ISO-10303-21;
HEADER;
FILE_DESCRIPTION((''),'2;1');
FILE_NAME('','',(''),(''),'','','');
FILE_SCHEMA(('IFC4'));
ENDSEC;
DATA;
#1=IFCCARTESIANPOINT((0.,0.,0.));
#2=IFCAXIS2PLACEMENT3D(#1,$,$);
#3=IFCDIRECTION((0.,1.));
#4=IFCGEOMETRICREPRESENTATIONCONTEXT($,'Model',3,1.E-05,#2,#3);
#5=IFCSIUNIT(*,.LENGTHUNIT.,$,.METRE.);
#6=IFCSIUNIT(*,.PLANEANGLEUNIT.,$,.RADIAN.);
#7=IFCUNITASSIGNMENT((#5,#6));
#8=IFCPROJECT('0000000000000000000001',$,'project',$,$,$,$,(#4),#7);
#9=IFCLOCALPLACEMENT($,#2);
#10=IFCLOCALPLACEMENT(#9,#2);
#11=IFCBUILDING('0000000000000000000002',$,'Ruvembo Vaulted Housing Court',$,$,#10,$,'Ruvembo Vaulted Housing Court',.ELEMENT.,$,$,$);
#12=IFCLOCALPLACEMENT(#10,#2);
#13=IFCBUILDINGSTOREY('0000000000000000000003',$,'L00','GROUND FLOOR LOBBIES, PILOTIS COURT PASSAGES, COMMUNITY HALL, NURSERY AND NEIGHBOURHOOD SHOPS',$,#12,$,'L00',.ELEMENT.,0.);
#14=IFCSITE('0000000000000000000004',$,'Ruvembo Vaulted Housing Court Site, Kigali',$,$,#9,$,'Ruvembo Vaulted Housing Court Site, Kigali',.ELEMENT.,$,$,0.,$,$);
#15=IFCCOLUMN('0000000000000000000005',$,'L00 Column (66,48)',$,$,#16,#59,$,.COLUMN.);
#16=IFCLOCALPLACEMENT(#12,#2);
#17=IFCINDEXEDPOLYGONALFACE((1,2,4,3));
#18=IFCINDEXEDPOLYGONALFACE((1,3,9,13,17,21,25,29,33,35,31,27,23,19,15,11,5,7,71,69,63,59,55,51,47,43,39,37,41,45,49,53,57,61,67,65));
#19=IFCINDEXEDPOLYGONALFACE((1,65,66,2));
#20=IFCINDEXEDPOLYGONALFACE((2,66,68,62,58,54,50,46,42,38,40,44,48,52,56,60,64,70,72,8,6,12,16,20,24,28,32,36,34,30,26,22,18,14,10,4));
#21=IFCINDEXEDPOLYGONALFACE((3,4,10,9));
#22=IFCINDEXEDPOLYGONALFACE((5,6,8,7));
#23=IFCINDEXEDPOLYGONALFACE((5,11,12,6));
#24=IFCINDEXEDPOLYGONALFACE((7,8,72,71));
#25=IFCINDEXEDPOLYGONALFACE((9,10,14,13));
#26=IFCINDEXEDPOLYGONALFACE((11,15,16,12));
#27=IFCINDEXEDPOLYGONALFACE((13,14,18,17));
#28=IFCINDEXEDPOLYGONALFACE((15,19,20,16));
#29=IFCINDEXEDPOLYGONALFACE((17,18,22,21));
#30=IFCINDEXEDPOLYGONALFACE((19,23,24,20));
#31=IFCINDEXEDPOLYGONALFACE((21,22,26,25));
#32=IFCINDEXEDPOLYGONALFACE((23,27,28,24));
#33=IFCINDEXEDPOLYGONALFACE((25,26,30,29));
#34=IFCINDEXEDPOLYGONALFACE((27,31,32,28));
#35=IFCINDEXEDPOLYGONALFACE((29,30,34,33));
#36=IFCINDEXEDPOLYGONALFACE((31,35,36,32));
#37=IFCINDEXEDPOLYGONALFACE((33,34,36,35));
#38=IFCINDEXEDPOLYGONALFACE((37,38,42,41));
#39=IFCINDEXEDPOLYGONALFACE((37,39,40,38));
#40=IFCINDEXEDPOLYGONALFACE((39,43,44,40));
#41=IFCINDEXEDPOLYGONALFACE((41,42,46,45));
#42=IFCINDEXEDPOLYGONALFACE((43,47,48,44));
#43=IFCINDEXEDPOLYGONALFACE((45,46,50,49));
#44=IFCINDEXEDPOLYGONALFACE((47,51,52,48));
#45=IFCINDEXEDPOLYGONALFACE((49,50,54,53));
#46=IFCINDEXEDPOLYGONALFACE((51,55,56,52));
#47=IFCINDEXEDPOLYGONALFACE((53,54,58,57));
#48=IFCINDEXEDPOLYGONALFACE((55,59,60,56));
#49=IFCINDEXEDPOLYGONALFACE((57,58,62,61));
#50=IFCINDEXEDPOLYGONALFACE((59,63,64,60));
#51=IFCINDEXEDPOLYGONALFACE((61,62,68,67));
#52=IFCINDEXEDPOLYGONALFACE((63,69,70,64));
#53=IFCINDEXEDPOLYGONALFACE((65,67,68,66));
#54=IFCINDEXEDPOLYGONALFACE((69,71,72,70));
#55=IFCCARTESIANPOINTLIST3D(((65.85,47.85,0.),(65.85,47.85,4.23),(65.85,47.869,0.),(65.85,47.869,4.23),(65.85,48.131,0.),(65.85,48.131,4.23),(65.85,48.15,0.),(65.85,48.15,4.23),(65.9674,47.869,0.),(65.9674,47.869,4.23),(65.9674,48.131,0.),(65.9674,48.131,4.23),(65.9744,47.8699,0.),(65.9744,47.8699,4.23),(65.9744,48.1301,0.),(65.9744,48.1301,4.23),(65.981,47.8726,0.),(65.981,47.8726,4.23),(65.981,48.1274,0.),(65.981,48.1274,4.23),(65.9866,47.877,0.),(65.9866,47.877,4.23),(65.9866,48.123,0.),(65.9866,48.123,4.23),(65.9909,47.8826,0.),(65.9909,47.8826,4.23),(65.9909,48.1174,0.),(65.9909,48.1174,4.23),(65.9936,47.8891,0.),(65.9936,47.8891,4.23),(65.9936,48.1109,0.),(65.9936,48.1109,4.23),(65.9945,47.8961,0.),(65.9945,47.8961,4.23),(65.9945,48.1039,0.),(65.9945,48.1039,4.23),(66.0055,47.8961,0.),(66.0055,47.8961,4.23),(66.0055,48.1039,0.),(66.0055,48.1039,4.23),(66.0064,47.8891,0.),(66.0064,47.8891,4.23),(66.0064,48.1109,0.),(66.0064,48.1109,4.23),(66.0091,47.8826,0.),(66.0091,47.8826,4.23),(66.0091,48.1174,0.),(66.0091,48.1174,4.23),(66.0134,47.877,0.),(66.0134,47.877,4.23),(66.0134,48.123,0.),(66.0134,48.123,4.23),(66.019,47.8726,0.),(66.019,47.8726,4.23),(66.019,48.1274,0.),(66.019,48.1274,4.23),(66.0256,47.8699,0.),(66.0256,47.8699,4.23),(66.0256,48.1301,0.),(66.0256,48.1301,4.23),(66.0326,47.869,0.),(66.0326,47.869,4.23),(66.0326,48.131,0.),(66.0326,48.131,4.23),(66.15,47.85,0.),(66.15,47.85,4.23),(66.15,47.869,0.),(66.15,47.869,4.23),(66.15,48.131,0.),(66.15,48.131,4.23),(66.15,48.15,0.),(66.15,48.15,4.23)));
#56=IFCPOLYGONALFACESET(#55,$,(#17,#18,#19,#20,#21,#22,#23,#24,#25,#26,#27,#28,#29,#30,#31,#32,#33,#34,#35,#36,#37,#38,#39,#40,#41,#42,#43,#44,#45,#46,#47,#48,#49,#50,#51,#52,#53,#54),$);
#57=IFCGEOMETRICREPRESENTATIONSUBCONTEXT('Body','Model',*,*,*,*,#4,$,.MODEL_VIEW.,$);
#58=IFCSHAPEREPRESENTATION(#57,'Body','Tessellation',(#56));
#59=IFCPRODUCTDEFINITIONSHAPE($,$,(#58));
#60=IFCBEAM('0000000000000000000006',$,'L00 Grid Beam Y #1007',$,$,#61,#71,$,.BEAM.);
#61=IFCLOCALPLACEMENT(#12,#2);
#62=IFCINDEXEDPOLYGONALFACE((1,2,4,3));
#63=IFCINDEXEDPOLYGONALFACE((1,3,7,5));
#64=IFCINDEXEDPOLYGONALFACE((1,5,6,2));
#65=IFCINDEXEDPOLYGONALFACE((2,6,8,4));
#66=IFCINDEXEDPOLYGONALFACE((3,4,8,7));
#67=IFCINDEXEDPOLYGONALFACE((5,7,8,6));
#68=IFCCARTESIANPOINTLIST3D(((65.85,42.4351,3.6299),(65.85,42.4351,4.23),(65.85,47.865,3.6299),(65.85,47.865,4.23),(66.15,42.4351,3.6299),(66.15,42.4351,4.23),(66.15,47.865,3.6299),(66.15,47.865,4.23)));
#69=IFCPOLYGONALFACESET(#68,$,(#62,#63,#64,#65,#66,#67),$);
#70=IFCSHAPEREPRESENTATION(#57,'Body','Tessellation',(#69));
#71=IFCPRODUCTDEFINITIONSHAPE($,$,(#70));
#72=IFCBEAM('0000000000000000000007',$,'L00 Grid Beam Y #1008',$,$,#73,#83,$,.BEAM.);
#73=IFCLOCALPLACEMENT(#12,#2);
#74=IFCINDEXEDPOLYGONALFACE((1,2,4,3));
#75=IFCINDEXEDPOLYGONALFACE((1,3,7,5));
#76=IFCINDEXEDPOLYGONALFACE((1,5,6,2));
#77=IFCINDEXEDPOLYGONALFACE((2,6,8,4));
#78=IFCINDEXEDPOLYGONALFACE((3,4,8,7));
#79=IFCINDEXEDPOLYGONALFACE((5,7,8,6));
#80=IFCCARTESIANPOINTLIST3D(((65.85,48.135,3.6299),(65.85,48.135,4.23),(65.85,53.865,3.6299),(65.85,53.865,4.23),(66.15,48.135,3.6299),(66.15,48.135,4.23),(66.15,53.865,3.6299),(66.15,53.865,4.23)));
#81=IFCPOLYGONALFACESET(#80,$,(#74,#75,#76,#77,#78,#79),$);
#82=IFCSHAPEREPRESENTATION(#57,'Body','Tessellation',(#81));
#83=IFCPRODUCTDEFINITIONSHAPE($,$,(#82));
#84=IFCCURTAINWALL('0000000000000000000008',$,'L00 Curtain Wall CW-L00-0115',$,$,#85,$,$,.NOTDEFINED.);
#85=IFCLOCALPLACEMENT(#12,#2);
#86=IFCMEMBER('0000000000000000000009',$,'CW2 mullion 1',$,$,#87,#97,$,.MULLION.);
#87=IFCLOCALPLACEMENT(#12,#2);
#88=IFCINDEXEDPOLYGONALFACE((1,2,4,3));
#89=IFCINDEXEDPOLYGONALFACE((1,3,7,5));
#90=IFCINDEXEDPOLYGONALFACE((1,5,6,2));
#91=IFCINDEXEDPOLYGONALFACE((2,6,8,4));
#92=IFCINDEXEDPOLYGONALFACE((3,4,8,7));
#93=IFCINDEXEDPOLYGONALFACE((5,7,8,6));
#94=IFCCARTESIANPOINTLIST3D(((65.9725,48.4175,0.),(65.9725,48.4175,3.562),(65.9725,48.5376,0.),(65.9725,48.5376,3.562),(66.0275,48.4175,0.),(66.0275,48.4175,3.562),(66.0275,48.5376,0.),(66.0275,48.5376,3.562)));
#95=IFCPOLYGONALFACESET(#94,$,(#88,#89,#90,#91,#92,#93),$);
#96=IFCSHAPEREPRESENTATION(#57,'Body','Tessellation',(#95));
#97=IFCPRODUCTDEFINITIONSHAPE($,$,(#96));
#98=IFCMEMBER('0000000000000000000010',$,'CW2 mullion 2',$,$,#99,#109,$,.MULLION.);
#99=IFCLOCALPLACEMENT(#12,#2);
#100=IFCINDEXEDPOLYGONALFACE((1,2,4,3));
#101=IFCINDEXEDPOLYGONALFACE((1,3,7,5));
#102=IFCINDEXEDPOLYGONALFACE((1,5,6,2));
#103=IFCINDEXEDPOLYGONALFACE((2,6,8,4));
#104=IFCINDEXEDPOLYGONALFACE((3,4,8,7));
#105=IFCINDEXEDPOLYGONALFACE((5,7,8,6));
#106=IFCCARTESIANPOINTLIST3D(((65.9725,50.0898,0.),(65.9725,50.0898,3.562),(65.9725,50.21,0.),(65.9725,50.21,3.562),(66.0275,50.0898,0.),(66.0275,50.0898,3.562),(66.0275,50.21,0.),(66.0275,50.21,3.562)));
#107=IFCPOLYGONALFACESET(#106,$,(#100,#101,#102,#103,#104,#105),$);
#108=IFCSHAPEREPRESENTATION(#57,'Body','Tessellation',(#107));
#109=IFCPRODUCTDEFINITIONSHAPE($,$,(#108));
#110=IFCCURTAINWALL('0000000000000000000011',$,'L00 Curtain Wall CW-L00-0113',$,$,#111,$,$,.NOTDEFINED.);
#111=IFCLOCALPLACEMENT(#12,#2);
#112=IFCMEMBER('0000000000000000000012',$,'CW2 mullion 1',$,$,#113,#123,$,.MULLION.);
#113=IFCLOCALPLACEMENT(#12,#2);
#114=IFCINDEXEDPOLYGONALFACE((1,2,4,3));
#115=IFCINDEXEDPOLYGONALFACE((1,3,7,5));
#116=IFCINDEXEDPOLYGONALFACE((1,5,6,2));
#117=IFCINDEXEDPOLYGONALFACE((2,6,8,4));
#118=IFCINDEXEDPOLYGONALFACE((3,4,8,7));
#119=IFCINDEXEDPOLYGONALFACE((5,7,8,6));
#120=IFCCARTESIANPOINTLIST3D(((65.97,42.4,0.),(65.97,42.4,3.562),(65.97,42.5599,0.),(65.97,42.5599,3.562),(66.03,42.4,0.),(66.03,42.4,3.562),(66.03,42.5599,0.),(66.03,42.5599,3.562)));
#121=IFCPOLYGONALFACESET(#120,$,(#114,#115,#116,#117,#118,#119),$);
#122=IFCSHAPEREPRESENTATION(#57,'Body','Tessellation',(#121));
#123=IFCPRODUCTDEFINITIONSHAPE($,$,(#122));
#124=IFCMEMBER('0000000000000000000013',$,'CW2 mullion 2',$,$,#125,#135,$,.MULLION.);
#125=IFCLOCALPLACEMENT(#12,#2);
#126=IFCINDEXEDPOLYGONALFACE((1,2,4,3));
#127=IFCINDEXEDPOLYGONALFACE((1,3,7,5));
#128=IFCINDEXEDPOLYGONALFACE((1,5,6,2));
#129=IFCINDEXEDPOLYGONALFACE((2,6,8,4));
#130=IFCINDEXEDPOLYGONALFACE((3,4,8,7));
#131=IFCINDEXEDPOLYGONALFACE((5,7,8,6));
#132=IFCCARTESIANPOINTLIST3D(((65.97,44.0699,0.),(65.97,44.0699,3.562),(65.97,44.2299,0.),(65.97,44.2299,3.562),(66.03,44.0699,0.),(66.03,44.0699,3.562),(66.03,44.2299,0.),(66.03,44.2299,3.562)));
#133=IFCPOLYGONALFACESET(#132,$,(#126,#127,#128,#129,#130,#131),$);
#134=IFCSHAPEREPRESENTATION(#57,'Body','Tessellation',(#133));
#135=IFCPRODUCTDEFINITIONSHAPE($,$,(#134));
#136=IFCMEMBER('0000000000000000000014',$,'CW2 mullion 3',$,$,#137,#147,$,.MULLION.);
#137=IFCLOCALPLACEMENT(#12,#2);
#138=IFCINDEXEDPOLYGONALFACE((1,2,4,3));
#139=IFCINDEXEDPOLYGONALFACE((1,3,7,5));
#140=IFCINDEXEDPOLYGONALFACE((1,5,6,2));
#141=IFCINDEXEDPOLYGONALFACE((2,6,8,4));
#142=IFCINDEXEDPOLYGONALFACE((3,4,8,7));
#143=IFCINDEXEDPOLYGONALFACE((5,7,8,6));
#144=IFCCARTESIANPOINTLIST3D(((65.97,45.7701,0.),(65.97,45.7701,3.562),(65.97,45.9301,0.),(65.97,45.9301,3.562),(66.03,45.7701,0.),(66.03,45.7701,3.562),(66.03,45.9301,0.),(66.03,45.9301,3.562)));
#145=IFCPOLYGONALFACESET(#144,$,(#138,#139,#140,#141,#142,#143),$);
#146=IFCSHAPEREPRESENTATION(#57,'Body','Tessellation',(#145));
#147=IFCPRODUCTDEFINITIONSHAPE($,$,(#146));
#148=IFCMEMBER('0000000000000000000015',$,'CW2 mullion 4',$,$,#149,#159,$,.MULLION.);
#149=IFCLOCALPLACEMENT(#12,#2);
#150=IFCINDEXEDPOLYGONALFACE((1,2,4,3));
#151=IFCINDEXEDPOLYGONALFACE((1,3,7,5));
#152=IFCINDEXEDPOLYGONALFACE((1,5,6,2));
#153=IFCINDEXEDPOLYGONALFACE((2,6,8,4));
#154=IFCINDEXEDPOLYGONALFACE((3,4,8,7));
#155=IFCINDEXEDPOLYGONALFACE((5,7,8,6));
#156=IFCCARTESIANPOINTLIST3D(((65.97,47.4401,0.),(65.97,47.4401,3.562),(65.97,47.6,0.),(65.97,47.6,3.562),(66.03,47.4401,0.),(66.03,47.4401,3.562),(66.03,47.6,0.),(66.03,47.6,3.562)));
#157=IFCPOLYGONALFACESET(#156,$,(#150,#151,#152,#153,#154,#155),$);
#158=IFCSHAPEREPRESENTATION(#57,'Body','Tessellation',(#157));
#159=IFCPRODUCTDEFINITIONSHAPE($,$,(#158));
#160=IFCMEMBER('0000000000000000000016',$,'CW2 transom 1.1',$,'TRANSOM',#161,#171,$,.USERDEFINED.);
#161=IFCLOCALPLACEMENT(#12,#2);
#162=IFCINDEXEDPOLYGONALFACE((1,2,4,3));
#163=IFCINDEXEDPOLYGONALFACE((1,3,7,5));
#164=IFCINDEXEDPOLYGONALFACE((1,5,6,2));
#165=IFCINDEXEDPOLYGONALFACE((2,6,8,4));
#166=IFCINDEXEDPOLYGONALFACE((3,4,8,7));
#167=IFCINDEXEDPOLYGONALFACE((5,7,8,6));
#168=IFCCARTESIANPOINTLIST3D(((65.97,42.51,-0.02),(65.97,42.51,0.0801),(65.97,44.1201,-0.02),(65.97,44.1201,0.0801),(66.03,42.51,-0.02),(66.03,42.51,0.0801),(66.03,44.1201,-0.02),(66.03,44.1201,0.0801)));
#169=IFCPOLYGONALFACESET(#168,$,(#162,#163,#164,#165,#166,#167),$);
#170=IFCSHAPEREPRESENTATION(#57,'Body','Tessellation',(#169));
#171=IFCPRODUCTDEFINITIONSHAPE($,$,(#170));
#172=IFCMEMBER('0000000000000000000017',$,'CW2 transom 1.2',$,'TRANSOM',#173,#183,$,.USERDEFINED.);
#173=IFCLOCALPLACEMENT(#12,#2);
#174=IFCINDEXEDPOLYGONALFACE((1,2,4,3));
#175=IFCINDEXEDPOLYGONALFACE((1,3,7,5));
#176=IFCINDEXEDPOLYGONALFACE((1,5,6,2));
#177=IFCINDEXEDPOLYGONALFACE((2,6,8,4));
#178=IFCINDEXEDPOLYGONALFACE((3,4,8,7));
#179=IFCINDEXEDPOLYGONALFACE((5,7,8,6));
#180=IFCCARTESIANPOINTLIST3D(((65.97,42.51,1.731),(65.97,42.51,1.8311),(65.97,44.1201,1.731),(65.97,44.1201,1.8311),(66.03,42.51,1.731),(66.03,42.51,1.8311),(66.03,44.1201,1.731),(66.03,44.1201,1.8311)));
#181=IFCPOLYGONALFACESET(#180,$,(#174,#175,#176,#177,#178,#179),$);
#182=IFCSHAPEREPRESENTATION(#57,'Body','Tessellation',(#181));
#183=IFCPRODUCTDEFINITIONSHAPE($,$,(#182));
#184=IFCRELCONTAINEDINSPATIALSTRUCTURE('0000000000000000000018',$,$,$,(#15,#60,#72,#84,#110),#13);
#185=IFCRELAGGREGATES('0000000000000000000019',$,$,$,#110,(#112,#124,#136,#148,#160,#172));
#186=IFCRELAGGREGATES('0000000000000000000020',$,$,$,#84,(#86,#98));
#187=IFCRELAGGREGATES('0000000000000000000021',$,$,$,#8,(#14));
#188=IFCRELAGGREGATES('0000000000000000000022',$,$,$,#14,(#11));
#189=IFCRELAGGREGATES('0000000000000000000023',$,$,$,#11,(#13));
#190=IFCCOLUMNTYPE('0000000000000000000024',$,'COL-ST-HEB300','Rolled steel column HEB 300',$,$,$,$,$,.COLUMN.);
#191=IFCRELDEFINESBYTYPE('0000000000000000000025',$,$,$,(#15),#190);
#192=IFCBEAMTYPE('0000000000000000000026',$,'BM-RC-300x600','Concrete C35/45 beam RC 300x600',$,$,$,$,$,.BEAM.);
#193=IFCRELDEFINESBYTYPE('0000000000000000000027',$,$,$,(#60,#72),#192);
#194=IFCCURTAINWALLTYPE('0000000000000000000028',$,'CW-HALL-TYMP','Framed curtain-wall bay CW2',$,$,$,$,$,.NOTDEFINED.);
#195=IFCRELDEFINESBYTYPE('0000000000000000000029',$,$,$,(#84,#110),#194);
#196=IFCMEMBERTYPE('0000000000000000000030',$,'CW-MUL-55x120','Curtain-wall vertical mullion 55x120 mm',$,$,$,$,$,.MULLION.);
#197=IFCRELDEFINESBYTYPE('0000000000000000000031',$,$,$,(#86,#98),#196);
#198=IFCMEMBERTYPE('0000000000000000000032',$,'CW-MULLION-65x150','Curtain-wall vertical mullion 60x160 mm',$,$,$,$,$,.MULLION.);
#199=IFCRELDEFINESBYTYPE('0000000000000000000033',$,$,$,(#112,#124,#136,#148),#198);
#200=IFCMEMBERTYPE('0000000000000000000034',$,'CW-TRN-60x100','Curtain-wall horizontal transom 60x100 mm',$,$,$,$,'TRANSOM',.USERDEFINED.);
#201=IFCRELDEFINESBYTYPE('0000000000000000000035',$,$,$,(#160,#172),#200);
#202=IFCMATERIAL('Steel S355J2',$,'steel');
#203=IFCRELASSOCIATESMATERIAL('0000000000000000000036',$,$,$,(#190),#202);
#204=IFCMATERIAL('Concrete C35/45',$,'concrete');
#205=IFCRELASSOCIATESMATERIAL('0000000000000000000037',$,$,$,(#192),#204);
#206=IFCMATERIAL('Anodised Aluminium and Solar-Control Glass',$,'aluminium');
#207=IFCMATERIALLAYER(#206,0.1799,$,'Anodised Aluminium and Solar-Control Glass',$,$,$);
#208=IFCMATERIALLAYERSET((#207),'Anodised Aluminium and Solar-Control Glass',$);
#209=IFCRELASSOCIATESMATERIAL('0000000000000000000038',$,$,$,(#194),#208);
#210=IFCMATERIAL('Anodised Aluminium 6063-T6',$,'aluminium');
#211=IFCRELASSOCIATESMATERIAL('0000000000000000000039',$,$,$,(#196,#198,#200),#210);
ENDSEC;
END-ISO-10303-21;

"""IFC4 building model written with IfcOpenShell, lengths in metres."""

from ifc_helpers import new_model, si_unit, direction, frame, origin, origin_2d, place, context, subcontext, project, spatial, rectangle, i_section, extrude, material, layer, layer_set, material_profile, profile_set, type_object, element, aggregate, save


model = new_model("IFC4")

# Units and contexts
model_context = context("Model", 3, precision=1e-05, world=origin(), true_north=direction((0.0, 1.0)))
body_context = subcontext(model_context, "Body", "Model", "MODEL_VIEW")
ifc_project = project(units=[si_unit("LENGTHUNIT", "METRE"), si_unit("PLANEANGLEUNIT", "RADIAN")], contexts=[model_context])

# Site, building, storey
site_placement = place(None, origin())
site = spatial("IfcSite", under=ifc_project, at=site_placement, Name="Ruvembo Vaulted Housing Court Site, Kigali", LongName="Ruvembo Vaulted Housing Court Site, Kigali", CompositionType="ELEMENT", RefElevation=0.0)
building_placement = place(site_placement, origin())
building = spatial("IfcBuilding", under=site, at=building_placement, Name="Ruvembo Vaulted Housing Court", LongName="Ruvembo Vaulted Housing Court", CompositionType="ELEMENT")
storey_placement = place(building_placement, origin())
storey = spatial("IfcBuildingStorey", under=building, at=storey_placement, Name="L00", Description="GROUND FLOOR LOBBIES, PILOTIS COURT PASSAGES, COMMUNITY HALL, NURSERY AND NEIGHBOURHOOD SHOPS", LongName="L00", CompositionType="ELEMENT", Elevation=0.0)

# Column
ifc_material_1 = material(Name="Steel S355J2", Category="steel")
ifc_material_profile_1 = material_profile(ifc_material_1, i_section(OverallWidth=0.3, OverallDepth=0.3, WebThickness=0.011, FlangeThickness=0.019, FilletRadius=0.0271, at=origin_2d()), Name="HEB 300")
ifc_profile_set_1 = profile_set([ifc_material_profile_1], Name="Steel S355J2")
column_type = type_object("IfcColumnType", Name="COL-ST-HEB300", Description="Rolled steel column HEB 300", PredefinedType="COLUMN", material=ifc_profile_set_1)
column_placement = place(storey_placement, frame((66.0, 48.0, 0.0), z_axis=(0.0, 0.0, 1.0), x_axis=(1.0, 0.0, 0.0)))
element("IfcColumn", 1, at=column_placement, inside=storey, type_object=column_type, Name="L00 Column (66,48)", PredefinedType="COLUMN", context=body_context, shape_type="SweptSolid", body=[
    extrude(i_section(OverallWidth=0.3, OverallDepth=0.3, WebThickness=0.011, FlangeThickness=0.019, FilletRadius=0.0271, at=origin_2d()), origin(), (0.0, 0.0, 1.0), 4.23),
])

# Beams
ifc_material_2 = material(Name="Concrete C35/45", Category="concrete")
ifc_material_profile_2 = material_profile(ifc_material_2, rectangle(XDim=0.3, YDim=0.6001, at=origin_2d()), Name="RC 300x600")
ifc_profile_set_2 = profile_set([ifc_material_profile_2], Name="Concrete C35/45")
beam_type = type_object("IfcBeamType", Name="BM-RC-300x600", Description="Concrete C35/45 beam RC 300x600", PredefinedType="BEAM", material=ifc_profile_set_2)
beam_1_placement = place(storey_placement, frame((66.0, 42.4351, 3.9299), z_axis=(0.0, 1.0, 0.0), x_axis=(-1.0, 0.0, 0.0)))
element("IfcBeam", 2, at=beam_1_placement, inside=storey, type_object=beam_type, Name="L00 Grid Beam Y #1007", PredefinedType="BEAM", context=body_context, shape_type="SweptSolid", body=[
    extrude(rectangle(XDim=0.3, YDim=0.6001, at=origin_2d()), origin(), (0.0, 0.0, 1.0), 5.4299),
])
beam_2_placement = place(storey_placement, frame((66.0, 48.135, 3.9299), z_axis=(0.0, 1.0, 0.0), x_axis=(-1.0, 0.0, 0.0)))
element("IfcBeam", 3, at=beam_2_placement, inside=storey, type_object=beam_type, Name="L00 Grid Beam Y #1008", PredefinedType="BEAM", context=body_context, shape_type="SweptSolid", body=[
    extrude(rectangle(XDim=0.3, YDim=0.6001, at=origin_2d()), origin(), (0.0, 0.0, 1.0), 5.73),
])

# Curtain walls, members
ifc_material_3 = material(Name="Anodised Aluminium and Solar-Control Glass", Category="aluminium")
ifc_layer_1 = layer(ifc_material_3, 0.1799, Name="Anodised Aluminium and Solar-Control Glass")
ifc_layer_set_1 = layer_set([ifc_layer_1], Name="Anodised Aluminium and Solar-Control Glass")
curtain_wall_type = type_object("IfcCurtainWallType", Name="CW-HALL-TYMP", Description="Framed curtain-wall bay CW2", PredefinedType="NOTDEFINED", material=ifc_layer_set_1)
curtain_wall_1_placement = place(storey_placement, origin())
curtain_wall_1 = element("IfcCurtainWall", 4, at=curtain_wall_1_placement, inside=storey, type_object=curtain_wall_type, Name="L00 Curtain Wall CW-L00-0115", PredefinedType="NOTDEFINED")
ifc_material_4 = material(Name="Anodised Aluminium 6063-T6", Category="aluminium")
ifc_material_profile_3 = material_profile(ifc_material_4, rectangle(XDim=0.0549, YDim=0.1201, at=origin_2d()), Name="ALU 55x120")
ifc_profile_set_3 = profile_set([ifc_material_profile_3], Name="Anodised Aluminium 6063-T6")
member_type_1 = type_object("IfcMemberType", Name="CW-MUL-55x120", Description="Curtain-wall vertical mullion 55x120 mm", PredefinedType="MULLION", material=ifc_profile_set_3)
member_1_placement = place(storey_placement, frame((66.0, 48.4775, 0.0), z_axis=(0.0, 0.0, 1.0), x_axis=(-1.0, 0.0, 0.0)))
member_1 = element("IfcMember", 5, at=member_1_placement, type_object=member_type_1, Name="CW2 mullion 1", PredefinedType="MULLION", context=body_context, shape_type="SweptSolid", body=[
    extrude(rectangle(XDim=0.0549, YDim=0.1201, at=origin_2d()), origin(), (0.0, 0.0, 1.0), 3.562),
])
member_2_placement = place(storey_placement, frame((66.0, 50.1499, 0.0), z_axis=(0.0, 0.0, 1.0), x_axis=(-1.0, 0.0, 0.0)))
member_2 = element("IfcMember", 6, at=member_2_placement, type_object=member_type_1, Name="CW2 mullion 2", PredefinedType="MULLION", context=body_context, shape_type="SweptSolid", body=[
    extrude(rectangle(XDim=0.0549, YDim=0.1201, at=origin_2d()), origin(), (0.0, 0.0, 1.0), 3.562),
])
curtain_wall_2_placement = place(storey_placement, origin())
curtain_wall_2 = element("IfcCurtainWall", 7, at=curtain_wall_2_placement, inside=storey, type_object=curtain_wall_type, Name="L00 Curtain Wall CW-L00-0113", PredefinedType="NOTDEFINED")
ifc_material_profile_4 = material_profile(ifc_material_4, rectangle(XDim=0.0601, YDim=0.1599, at=origin_2d()), Name="ALU 60x160")
ifc_profile_set_4 = profile_set([ifc_material_profile_4], Name="Anodised Aluminium 6063-T6")
member_type_2 = type_object("IfcMemberType", Name="CW-MULLION-65x150", Description="Curtain-wall vertical mullion 60x160 mm", PredefinedType="MULLION", material=ifc_profile_set_4)
member_3_placement = place(storey_placement, frame((66.0, 42.48, 0.0), z_axis=(0.0, 0.0, 1.0), x_axis=(-1.0, 0.0, 0.0)))
member_3 = element("IfcMember", 8, at=member_3_placement, type_object=member_type_2, Name="CW2 mullion 1", PredefinedType="MULLION", context=body_context, shape_type="SweptSolid", body=[
    extrude(rectangle(XDim=0.0601, YDim=0.1599, at=origin_2d()), origin(), (0.0, 0.0, 1.0), 3.562),
])
member_4_placement = place(storey_placement, frame((66.0, 44.1499, 0.0), z_axis=(0.0, 0.0, 1.0), x_axis=(-1.0, 0.0, 0.0)))
member_4 = element("IfcMember", 9, at=member_4_placement, type_object=member_type_2, Name="CW2 mullion 2", PredefinedType="MULLION", context=body_context, shape_type="SweptSolid", body=[
    extrude(rectangle(XDim=0.0601, YDim=0.1599, at=origin_2d()), origin(), (0.0, 0.0, 1.0), 3.562),
])
member_5_placement = place(storey_placement, frame((66.0, 45.8501, 0.0), z_axis=(0.0, 0.0, 1.0), x_axis=(-1.0, 0.0, 0.0)))
member_5 = element("IfcMember", 10, at=member_5_placement, type_object=member_type_2, Name="CW2 mullion 3", PredefinedType="MULLION", context=body_context, shape_type="SweptSolid", body=[
    extrude(rectangle(XDim=0.0601, YDim=0.1599, at=origin_2d()), origin(), (0.0, 0.0, 1.0), 3.562),
])
member_6_placement = place(storey_placement, frame((66.0, 47.52, 0.0), z_axis=(0.0, 0.0, 1.0), x_axis=(-1.0, 0.0, 0.0)))
member_6 = element("IfcMember", 11, at=member_6_placement, type_object=member_type_2, Name="CW2 mullion 4", PredefinedType="MULLION", context=body_context, shape_type="SweptSolid", body=[
    extrude(rectangle(XDim=0.0601, YDim=0.1599, at=origin_2d()), origin(), (0.0, 0.0, 1.0), 3.562),
])
ifc_material_profile_5 = material_profile(ifc_material_4, rectangle(XDim=0.0601, YDim=0.1001, at=origin_2d()), Name="ALU 60x100")
ifc_profile_set_5 = profile_set([ifc_material_profile_5], Name="Anodised Aluminium 6063-T6")
member_type_3 = type_object("IfcMemberType", Name="CW-TRN-60x100", Description="Curtain-wall horizontal transom 60x100 mm", ElementType="TRANSOM", PredefinedType="USERDEFINED", material=ifc_profile_set_5)
member_7_placement = place(storey_placement, frame((66.0, 42.51, 0.03), z_axis=(0.0, 1.0, 0.0), x_axis=(-1.0, 0.0, 0.0)))
member_7 = element("IfcMember", 12, at=member_7_placement, type_object=member_type_3, Name="CW2 transom 1.1", ObjectType="TRANSOM", PredefinedType="USERDEFINED", context=body_context, shape_type="SweptSolid", body=[
    extrude(rectangle(XDim=0.0601, YDim=0.1001, at=origin_2d()), origin(), (0.0, 0.0, 1.0), 1.6101),
])
member_8_placement = place(storey_placement, frame((66.0, 42.51, 1.781), z_axis=(0.0, 1.0, 0.0), x_axis=(-1.0, 0.0, 0.0)))
member_8 = element("IfcMember", 13, at=member_8_placement, type_object=member_type_3, Name="CW2 transom 1.2", ObjectType="TRANSOM", PredefinedType="USERDEFINED", context=body_context, shape_type="SweptSolid", body=[
    extrude(rectangle(XDim=0.0601, YDim=0.1001, at=origin_2d()), origin(), (0.0, 0.0, 1.0), 1.6101),
])

aggregate(curtain_wall_2, [member_3, member_4, member_5, member_6, member_7, member_8])
aggregate(curtain_wall_1, [member_1, member_2])

save(model, "model.ifc")
